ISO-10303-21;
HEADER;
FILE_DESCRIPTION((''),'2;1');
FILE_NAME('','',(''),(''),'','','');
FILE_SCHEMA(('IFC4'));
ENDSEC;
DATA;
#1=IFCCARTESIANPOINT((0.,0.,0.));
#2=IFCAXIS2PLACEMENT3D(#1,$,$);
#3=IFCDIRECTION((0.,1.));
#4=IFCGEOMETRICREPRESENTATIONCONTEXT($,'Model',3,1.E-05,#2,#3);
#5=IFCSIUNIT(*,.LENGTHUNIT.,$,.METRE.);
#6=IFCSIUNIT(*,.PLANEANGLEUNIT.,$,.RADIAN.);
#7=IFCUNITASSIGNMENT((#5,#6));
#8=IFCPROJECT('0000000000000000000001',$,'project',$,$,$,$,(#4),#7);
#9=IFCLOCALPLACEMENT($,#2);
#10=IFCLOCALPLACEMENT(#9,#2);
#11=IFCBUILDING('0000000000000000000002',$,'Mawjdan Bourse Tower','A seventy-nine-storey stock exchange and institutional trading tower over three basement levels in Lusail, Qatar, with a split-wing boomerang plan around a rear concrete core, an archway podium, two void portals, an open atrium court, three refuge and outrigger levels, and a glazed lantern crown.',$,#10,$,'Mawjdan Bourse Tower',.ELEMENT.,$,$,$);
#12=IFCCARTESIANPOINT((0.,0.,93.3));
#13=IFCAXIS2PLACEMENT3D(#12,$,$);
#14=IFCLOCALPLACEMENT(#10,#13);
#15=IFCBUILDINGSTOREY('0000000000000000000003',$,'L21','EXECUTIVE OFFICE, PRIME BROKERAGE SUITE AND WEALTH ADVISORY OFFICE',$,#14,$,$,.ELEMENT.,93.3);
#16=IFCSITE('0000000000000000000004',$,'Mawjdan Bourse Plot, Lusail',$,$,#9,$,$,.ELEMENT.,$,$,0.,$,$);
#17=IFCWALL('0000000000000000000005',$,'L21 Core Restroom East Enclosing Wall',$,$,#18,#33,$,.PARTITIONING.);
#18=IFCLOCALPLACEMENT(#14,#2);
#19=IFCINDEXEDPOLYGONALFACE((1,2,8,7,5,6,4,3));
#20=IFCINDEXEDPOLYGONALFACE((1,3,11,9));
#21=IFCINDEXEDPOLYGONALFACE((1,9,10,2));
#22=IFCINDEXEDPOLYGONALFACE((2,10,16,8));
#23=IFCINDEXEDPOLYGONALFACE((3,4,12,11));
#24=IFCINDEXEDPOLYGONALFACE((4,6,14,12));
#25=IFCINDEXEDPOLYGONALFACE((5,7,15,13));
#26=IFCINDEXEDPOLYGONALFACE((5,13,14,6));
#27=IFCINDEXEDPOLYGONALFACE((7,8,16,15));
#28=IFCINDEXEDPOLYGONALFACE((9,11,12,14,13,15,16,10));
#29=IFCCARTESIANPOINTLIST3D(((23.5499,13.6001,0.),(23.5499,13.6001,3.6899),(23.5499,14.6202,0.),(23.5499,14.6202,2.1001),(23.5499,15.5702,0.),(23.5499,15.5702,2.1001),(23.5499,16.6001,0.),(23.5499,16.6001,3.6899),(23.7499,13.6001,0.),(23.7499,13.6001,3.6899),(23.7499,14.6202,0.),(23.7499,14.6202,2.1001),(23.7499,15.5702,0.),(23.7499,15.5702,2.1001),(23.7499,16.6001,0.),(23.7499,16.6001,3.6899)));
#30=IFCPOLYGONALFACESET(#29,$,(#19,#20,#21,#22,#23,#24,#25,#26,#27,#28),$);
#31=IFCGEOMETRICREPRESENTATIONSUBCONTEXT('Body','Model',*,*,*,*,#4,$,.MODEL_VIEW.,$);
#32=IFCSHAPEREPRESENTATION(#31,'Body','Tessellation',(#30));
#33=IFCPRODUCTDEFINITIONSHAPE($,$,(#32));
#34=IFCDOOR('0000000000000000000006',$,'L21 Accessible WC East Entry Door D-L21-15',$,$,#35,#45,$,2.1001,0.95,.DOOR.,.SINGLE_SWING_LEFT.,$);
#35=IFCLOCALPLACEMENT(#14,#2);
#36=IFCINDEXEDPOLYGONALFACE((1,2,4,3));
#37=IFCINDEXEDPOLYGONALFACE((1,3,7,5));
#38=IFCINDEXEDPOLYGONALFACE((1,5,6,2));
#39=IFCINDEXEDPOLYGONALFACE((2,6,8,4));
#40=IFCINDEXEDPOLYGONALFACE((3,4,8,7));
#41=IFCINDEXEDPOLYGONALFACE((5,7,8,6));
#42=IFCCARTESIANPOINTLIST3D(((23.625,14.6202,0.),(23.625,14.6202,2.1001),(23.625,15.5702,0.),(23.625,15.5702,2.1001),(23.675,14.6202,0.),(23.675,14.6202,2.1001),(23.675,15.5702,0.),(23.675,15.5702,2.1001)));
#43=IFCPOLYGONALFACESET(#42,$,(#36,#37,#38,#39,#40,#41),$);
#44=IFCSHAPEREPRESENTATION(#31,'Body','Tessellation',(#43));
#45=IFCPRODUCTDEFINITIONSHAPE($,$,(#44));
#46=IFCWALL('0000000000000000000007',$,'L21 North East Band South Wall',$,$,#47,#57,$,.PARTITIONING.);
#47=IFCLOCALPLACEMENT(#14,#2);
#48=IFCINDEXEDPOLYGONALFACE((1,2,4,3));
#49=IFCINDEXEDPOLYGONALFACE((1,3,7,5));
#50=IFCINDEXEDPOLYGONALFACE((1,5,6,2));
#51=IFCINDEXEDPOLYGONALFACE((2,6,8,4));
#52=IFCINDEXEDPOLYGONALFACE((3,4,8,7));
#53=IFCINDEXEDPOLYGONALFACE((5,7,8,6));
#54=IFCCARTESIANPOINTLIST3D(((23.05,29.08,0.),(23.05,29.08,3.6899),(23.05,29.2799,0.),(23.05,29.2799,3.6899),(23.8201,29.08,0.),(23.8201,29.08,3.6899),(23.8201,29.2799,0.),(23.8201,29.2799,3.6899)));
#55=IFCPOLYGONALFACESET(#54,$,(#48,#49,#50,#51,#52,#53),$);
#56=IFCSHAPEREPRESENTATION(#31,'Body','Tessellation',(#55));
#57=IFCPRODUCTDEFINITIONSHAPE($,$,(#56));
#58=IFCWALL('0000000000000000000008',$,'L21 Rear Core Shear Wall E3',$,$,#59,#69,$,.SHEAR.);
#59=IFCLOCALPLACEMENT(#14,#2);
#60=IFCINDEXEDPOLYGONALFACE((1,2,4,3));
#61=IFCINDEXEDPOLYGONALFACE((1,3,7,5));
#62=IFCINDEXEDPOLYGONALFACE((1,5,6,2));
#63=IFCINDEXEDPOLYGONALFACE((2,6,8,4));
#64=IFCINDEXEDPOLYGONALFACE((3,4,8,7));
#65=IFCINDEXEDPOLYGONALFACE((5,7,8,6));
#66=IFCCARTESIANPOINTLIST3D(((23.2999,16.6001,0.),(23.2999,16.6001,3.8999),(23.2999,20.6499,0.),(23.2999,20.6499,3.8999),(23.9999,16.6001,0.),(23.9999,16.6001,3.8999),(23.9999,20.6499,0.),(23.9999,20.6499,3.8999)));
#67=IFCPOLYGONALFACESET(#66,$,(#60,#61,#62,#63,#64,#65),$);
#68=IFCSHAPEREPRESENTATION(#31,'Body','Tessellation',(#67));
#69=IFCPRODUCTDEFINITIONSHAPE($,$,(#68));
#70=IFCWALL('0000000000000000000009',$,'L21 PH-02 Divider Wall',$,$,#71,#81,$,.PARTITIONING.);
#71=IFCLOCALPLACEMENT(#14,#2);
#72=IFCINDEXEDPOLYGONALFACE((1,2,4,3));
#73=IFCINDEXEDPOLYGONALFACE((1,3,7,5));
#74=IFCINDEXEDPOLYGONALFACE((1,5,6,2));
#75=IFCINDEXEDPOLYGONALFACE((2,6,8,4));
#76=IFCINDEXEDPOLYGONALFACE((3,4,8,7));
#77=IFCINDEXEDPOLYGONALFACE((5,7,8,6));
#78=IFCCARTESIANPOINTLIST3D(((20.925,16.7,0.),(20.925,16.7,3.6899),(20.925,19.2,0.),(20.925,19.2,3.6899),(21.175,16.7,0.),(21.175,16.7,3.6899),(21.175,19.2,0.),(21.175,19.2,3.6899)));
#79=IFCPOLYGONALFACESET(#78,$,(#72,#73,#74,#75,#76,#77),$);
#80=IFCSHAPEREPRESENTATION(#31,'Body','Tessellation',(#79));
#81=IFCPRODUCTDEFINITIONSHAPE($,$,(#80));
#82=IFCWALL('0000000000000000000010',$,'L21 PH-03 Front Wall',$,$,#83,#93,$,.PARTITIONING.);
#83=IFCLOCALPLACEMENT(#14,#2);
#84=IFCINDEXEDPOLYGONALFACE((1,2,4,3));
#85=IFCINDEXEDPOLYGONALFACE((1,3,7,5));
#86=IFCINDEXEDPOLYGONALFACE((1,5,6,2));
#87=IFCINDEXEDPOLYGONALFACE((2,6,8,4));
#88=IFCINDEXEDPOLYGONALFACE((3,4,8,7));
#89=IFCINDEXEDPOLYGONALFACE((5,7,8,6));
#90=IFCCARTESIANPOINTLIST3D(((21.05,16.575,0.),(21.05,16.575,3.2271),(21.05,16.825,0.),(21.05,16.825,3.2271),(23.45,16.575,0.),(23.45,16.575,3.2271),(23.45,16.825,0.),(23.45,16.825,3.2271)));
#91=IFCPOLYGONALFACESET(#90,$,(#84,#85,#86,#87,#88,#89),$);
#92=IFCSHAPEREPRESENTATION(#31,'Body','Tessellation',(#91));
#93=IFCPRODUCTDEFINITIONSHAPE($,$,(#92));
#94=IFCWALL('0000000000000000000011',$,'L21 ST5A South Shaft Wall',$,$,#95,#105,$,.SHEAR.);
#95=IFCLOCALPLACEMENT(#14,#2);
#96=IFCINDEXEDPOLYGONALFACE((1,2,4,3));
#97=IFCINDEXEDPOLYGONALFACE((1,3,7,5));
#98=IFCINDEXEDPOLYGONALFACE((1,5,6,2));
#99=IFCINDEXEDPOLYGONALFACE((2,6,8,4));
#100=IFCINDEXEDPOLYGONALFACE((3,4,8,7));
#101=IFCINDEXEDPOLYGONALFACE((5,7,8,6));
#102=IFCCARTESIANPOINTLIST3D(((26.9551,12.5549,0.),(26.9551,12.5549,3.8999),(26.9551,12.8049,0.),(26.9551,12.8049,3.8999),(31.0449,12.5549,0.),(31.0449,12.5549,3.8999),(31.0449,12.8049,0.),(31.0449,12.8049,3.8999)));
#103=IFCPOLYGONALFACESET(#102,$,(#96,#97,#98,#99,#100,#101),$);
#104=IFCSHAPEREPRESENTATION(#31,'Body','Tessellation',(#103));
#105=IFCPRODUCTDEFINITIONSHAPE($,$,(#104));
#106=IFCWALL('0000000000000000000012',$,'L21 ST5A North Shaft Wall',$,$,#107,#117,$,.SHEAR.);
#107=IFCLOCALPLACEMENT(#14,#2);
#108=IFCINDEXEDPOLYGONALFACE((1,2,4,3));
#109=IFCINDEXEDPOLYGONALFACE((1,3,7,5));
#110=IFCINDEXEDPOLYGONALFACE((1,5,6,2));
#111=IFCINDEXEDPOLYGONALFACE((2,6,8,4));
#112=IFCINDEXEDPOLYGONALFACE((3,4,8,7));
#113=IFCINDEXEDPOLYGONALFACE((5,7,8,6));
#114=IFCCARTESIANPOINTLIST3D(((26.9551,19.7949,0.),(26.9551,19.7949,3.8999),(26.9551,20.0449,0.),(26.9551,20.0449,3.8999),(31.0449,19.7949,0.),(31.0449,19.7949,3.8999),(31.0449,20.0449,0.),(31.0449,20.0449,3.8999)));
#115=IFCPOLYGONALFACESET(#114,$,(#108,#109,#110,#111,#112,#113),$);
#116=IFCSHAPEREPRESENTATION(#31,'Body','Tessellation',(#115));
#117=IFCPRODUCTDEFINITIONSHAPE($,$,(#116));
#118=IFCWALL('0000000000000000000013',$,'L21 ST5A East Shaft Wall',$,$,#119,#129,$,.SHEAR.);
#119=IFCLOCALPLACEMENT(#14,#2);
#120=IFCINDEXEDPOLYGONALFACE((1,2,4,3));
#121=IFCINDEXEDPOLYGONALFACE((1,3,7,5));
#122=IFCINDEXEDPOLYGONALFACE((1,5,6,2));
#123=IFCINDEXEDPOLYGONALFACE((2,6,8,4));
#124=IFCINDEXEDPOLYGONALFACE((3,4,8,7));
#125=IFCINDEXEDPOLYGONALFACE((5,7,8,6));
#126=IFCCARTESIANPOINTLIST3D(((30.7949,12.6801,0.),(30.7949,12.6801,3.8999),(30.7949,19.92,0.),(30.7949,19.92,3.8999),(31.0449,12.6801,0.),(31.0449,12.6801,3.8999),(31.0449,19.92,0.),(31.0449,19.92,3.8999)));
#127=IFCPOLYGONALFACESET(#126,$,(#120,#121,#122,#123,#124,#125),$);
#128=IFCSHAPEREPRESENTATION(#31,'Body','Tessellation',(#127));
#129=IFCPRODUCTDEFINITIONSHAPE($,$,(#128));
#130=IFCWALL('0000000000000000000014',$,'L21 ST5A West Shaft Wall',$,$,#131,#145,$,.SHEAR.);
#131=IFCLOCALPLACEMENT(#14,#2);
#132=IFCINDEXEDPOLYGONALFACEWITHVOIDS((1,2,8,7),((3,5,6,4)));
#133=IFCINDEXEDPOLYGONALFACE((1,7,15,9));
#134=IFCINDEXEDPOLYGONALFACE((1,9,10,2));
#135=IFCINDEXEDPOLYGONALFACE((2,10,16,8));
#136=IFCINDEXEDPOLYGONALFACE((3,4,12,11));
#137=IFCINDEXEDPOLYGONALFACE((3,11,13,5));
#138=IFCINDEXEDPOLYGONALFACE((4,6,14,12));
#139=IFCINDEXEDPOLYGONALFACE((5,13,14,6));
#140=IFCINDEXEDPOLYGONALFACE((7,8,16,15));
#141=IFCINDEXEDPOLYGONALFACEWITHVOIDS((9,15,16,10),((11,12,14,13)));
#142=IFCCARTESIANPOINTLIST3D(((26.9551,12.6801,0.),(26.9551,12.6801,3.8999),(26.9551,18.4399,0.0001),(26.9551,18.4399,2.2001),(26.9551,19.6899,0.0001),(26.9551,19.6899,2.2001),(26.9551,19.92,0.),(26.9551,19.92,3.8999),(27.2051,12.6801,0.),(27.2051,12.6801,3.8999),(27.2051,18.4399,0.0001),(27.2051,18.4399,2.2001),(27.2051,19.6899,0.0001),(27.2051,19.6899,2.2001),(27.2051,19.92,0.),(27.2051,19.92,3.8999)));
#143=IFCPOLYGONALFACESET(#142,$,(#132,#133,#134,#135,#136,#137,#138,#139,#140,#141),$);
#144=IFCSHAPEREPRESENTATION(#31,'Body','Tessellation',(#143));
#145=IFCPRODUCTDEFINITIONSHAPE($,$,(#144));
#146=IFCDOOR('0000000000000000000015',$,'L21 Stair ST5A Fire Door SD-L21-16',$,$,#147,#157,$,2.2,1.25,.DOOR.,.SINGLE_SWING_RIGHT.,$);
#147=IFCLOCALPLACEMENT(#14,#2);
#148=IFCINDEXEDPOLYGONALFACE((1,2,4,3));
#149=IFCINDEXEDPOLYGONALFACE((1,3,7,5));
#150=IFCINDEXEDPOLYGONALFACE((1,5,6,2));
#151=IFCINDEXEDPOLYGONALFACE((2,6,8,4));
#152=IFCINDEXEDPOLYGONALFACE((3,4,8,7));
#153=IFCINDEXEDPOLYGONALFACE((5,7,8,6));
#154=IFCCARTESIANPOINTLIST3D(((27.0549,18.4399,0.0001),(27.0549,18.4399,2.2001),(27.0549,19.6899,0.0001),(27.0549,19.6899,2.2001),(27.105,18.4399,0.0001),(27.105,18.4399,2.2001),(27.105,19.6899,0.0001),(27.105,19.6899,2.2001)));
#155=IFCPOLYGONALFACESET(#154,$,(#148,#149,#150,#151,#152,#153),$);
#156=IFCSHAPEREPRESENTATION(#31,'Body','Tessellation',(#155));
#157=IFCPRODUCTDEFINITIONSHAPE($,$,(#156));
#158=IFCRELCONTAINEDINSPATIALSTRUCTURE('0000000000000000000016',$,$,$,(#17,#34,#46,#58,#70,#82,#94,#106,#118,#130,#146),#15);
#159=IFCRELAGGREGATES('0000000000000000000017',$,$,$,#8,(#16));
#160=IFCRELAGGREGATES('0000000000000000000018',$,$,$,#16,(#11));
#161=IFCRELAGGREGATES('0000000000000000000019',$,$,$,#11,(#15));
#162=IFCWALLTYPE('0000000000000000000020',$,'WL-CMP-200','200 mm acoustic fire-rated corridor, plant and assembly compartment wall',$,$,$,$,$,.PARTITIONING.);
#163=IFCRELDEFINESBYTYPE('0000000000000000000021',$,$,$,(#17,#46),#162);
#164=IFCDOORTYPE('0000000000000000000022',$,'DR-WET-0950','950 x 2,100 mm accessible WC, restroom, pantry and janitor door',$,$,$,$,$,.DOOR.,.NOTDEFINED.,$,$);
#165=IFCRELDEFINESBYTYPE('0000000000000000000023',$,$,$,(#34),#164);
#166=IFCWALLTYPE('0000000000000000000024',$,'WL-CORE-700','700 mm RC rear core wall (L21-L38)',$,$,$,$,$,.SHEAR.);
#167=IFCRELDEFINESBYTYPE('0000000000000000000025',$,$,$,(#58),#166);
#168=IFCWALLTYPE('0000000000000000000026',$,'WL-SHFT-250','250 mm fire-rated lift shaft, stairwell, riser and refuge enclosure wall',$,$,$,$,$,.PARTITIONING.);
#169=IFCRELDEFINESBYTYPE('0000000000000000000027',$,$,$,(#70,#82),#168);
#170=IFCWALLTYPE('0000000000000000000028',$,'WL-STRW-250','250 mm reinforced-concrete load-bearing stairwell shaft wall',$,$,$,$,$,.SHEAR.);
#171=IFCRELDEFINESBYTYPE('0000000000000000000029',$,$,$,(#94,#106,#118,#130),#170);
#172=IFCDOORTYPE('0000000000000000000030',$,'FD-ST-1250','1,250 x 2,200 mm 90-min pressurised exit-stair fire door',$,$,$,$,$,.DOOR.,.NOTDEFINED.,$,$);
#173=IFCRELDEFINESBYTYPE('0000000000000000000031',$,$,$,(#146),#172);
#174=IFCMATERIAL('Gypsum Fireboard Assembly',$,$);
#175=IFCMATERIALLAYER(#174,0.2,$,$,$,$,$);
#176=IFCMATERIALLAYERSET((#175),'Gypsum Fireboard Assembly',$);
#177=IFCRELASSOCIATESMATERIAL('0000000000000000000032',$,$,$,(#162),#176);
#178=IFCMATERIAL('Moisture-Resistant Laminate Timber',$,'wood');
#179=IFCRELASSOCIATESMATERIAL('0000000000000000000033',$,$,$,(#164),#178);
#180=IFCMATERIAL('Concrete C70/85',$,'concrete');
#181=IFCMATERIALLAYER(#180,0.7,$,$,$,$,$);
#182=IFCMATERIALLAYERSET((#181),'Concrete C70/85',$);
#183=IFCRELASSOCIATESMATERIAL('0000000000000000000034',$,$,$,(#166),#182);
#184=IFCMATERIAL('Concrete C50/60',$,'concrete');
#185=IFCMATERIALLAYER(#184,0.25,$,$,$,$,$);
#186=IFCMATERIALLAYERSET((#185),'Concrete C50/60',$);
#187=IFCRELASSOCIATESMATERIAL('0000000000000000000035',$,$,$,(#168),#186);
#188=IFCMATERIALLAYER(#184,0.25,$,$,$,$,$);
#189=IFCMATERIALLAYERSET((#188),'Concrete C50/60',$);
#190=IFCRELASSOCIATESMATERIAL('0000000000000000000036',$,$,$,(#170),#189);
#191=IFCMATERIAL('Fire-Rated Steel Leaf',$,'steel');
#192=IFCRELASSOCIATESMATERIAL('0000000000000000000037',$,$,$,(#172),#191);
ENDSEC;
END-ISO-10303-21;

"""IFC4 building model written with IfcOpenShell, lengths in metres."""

from ifc_helpers import new_model, si_unit, direction, frame, frame_2d, origin, place, context, subcontext, project, spatial, rectangle, extrude, material, layer, layer_set, type_object, element, fill, save


model = new_model("IFC4")

# Units and contexts
model_context = context("Model", 3, precision=1e-05, world=origin(), true_north=direction((0.0, 1.0)))
body_context = subcontext(model_context, "Body", "Model", "MODEL_VIEW")
ifc_project = project(units=[si_unit("LENGTHUNIT", "METRE"), si_unit("PLANEANGLEUNIT", "RADIAN")], contexts=[model_context])

# Site, building, storey
site_placement = place(None, origin())
site = spatial("IfcSite", under=ifc_project, at=site_placement, Name="Mawjdan Bourse Plot, Lusail", CompositionType="ELEMENT", RefElevation=0.0)
building_placement = place(site_placement, origin())
building = spatial("IfcBuilding", under=site, at=building_placement, Name="Mawjdan Bourse Tower", Description="A seventy-nine-storey stock exchange and institutional trading tower over three basement levels in Lusail, Qatar, with a split-wing boomerang plan around a rear concrete core, an archway podium, two void portals, an open atrium court, three refuge and outrigger levels, and a glazed lantern crown.", LongName="Mawjdan Bourse Tower", CompositionType="ELEMENT")
storey_placement = place(building_placement, frame((0.0, 0.0, 93.3)))
storey = spatial("IfcBuildingStorey", under=building, at=storey_placement, Name="L21", Description="EXECUTIVE OFFICE, PRIME BROKERAGE SUITE AND WEALTH ADVISORY OFFICE", CompositionType="ELEMENT", Elevation=93.3)

# Shared definitions
ifc_material_1 = material(Name="Concrete C70/85", Category="concrete")

# Wall, opening, door
ifc_material_2 = material(Name="Gypsum Fireboard Assembly")
ifc_layer_1 = layer(ifc_material_2, 0.2)
ifc_layer_set_1 = layer_set([ifc_layer_1], Name="Gypsum Fireboard Assembly")
wall_type_1 = type_object("IfcWallType", Name="WL-CMP-200", Description="200 mm acoustic fire-rated corridor, plant and assembly compartment wall", PredefinedType="PARTITIONING", material=ifc_layer_set_1)
wall_1_placement = place(storey_placement, frame((23.6499, 13.6001, 0.0), z_axis=(0.0, 0.0, 1.0), x_axis=(0.0, 1.0, 0.0)))
wall_1 = element("IfcWall", 1, at=wall_1_placement, inside=storey, type_object=wall_type_1, Name="L21 Core Restroom East Enclosing Wall", PredefinedType="PARTITIONING", context=body_context, shape_type="SweptSolid", body=[
    extrude(rectangle(XDim=3.0, YDim=0.2, at=frame_2d((1.5, 0.0))), origin(), (0.0, 0.0, 1.0), 3.6899),
])
opening_1_placement = place(wall_1_placement, frame((1.02, 0.0, 0.0)))
opening_1 = element("IfcOpeningElement", 2, at=opening_1_placement, cuts=wall_1, PredefinedType="OPENING", context=body_context, shape_type="SweptSolid", body=[
    extrude(rectangle(XDim=0.95, YDim=2.1001, at=frame_2d((0.4751, 1.05))), frame((0.0, 0.1099, 0.0), z_axis=(0.0, -1.0, 0.0), x_axis=(1.0, 0.0, 0.0)), (0.0, 0.0, 1.0), 0.22),
])
ifc_material_3 = material(Name="Moisture-Resistant Laminate Timber", Category="wood")
door_type_1 = type_object("IfcDoorType", Name="DR-WET-0950", Description="950 x 2,100 mm accessible WC, restroom, pantry and janitor door", OperationType="NOTDEFINED", PredefinedType="DOOR", material=ifc_material_3)
door_1_placement = place(opening_1_placement, origin())
door_1 = element("IfcDoor", 3, at=door_1_placement, inside=storey, type_object=door_type_1, Name="L21 Accessible WC East Entry Door D-L21-15", OperationType="SINGLE_SWING_LEFT", OverallHeight=2.1001, OverallWidth=0.95, PredefinedType="DOOR", context=body_context, shape_type="SweptSolid", body=[
    extrude(rectangle(XDim=0.95, YDim=2.1001, at=frame_2d((0.4751, 1.05))), frame((0.0, 0.0249, 0.0), z_axis=(0.0, -1.0, 0.0), x_axis=(1.0, 0.0, 0.0)), (0.0, 0.0, 1.0), 0.05),
])
fill(opening_1, door_1)

# Walls
wall_2_placement = place(storey_placement, frame((23.05, 29.1799, 0.0), z_axis=(0.0, 0.0, 1.0), x_axis=(1.0, 0.0, 0.0)))
element("IfcWall", 4, at=wall_2_placement, inside=storey, type_object=wall_type_1, Name="L21 North East Band South Wall", PredefinedType="PARTITIONING", context=body_context, shape_type="SweptSolid", body=[
    extrude(rectangle(XDim=0.77, YDim=0.2, at=frame_2d((0.385, 0.0))), origin(), (0.0, 0.0, 1.0), 3.6899),
])
ifc_layer_2 = layer(ifc_material_1, 0.7)
ifc_layer_set_2 = layer_set([ifc_layer_2], Name="Concrete C70/85")
wall_type_2 = type_object("IfcWallType", Name="WL-CORE-700", Description="700 mm RC rear core wall (L21-L38)", PredefinedType="SHEAR", material=ifc_layer_set_2)
wall_3_placement = place(storey_placement, frame((23.6499, 16.6001, 0.0), z_axis=(0.0, 0.0, 1.0), x_axis=(0.0, 1.0, 0.0)))
element("IfcWall", 5, at=wall_3_placement, inside=storey, type_object=wall_type_2, Name="L21 Rear Core Shear Wall E3", PredefinedType="SHEAR", context=body_context, shape_type="SweptSolid", body=[
    extrude(rectangle(XDim=4.0498, YDim=0.7, at=frame_2d((2.0249, 0.0))), origin(), (0.0, 0.0, 1.0), 3.8999),
])
ifc_material_4 = material(Name="Concrete C50/60", Category="concrete")
ifc_layer_3 = layer(ifc_material_4, 0.25)
ifc_layer_set_3 = layer_set([ifc_layer_3], Name="Concrete C50/60")
wall_type_3 = type_object("IfcWallType", Name="WL-SHFT-250", Description="250 mm fire-rated lift shaft, stairwell, riser and refuge enclosure wall", PredefinedType="PARTITIONING", material=ifc_layer_set_3)
wall_4_placement = place(storey_placement, frame((21.05, 16.7, 0.0), z_axis=(0.0, 0.0, 1.0), x_axis=(0.0, 1.0, 0.0)))
element("IfcWall", 6, at=wall_4_placement, inside=storey, type_object=wall_type_3, Name="L21 PH-02 Divider Wall", PredefinedType="PARTITIONING", context=body_context, shape_type="SweptSolid", body=[
    extrude(rectangle(XDim=2.5, YDim=0.25, at=frame_2d((1.25, 0.0))), origin(), (0.0, 0.0, 1.0), 3.6899),
])
wall_5_placement = place(storey_placement, frame((21.05, 16.7, 0.0), z_axis=(0.0, 0.0, 1.0), x_axis=(1.0, 0.0, 0.0)))
element("IfcWall", 7, at=wall_5_placement, inside=storey, type_object=wall_type_3, Name="L21 PH-03 Front Wall", PredefinedType="PARTITIONING", context=body_context, shape_type="SweptSolid", body=[
    extrude(rectangle(XDim=2.3999, YDim=0.25, at=frame_2d((1.2, 0.0))), origin(), (0.0, 0.0, 1.0), 3.2271),
])
ifc_layer_4 = layer(ifc_material_4, 0.25)
ifc_layer_set_4 = layer_set([ifc_layer_4], Name="Concrete C50/60")
wall_type_4 = type_object("IfcWallType", Name="WL-STRW-250", Description="250 mm reinforced-concrete load-bearing stairwell shaft wall", PredefinedType="SHEAR", material=ifc_layer_set_4)
for number, where, z_axis, x_axis, name in (
    (8, (26.9551, 12.6799, 0.0), (0.0, 0.0, 1.0), (1.0, 0.0, 0.0), "L21 ST5A South Shaft Wall"),
    (9, (26.9551, 19.9199, 0.0), (0.0, 0.0, 1.0), (1.0, 0.0, 0.0), "L21 ST5A North Shaft Wall"),
):
    element("IfcWall", number, at=place(storey_placement, frame(where, z_axis=z_axis, x_axis=x_axis)), inside=storey, type_object=wall_type_4, Name=name, PredefinedType="SHEAR", context=body_context, shape_type="SweptSolid", body=[
        extrude(rectangle(XDim=4.0898, YDim=0.25, at=frame_2d((2.0449, 0.0))), origin(), (0.0, 0.0, 1.0), 3.8999),
    ])
wall_6_placement = place(storey_placement, frame((30.9199, 12.6799, 0.0), z_axis=(0.0, 0.0, 1.0), x_axis=(0.0, 1.0, 0.0)))
element("IfcWall", 10, at=wall_6_placement, inside=storey, type_object=wall_type_4, Name="L21 ST5A East Shaft Wall", PredefinedType="SHEAR", context=body_context, shape_type="SweptSolid", body=[
    extrude(rectangle(XDim=7.24, YDim=0.25, at=frame_2d((3.6201, 0.0))), origin(), (0.0, 0.0, 1.0), 3.8999),
])

# Wall, opening, door
wall_7_placement = place(storey_placement, frame((27.0801, 12.6799, 0.0), z_axis=(0.0, 0.0, 1.0), x_axis=(0.0, 1.0, 0.0)))
wall_7 = element("IfcWall", 11, at=wall_7_placement, inside=storey, type_object=wall_type_4, Name="L21 ST5A West Shaft Wall", PredefinedType="SHEAR", context=body_context, shape_type="SweptSolid", body=[
    extrude(rectangle(XDim=7.24, YDim=0.25, at=frame_2d((3.6201, 0.0))), origin(), (0.0, 0.0, 1.0), 3.8999),
])
opening_2_placement = place(wall_7_placement, frame((5.76, 0.0, 0.0)))
opening_2 = element("IfcOpeningElement", 12, at=opening_2_placement, cuts=wall_7, PredefinedType="OPENING", context=body_context, shape_type="SweptSolid", body=[
    extrude(rectangle(XDim=1.25, YDim=2.2, at=frame_2d((0.625, 1.1001))), frame((0.0, 0.135, 0.0), z_axis=(0.0, -1.0, 0.0), x_axis=(1.0, 0.0, 0.0)), (0.0, 0.0, 1.0), 0.27),
])
ifc_material_5 = material(Name="Fire-Rated Steel Leaf", Category="steel")
door_type_2 = type_object("IfcDoorType", Name="FD-ST-1250", Description="1,250 x 2,200 mm 90-min pressurised exit-stair fire door", OperationType="NOTDEFINED", PredefinedType="DOOR", material=ifc_material_5)
door_2_placement = place(opening_2_placement, frame((1.25, 0.0, 0.0), z_axis=(0.0, 0.0, 1.0), x_axis=(-1.0, 0.0, 0.0)))
door_2 = element("IfcDoor", 13, at=door_2_placement, inside=storey, type_object=door_type_2, Name="L21 Stair ST5A Fire Door SD-L21-16", OperationType="SINGLE_SWING_RIGHT", OverallHeight=2.2, OverallWidth=1.25, PredefinedType="DOOR", context=body_context, shape_type="SweptSolid", body=[
    extrude(rectangle(XDim=1.25, YDim=2.2, at=frame_2d((0.625, 1.1001))), frame((0.0, 0.0249, 0.0), z_axis=(0.0, -1.0, 0.0), x_axis=(1.0, 0.0, 0.0)), (0.0, 0.0, 1.0), 0.05),
])
fill(opening_2, door_2)

save(model, "model.ifc")
